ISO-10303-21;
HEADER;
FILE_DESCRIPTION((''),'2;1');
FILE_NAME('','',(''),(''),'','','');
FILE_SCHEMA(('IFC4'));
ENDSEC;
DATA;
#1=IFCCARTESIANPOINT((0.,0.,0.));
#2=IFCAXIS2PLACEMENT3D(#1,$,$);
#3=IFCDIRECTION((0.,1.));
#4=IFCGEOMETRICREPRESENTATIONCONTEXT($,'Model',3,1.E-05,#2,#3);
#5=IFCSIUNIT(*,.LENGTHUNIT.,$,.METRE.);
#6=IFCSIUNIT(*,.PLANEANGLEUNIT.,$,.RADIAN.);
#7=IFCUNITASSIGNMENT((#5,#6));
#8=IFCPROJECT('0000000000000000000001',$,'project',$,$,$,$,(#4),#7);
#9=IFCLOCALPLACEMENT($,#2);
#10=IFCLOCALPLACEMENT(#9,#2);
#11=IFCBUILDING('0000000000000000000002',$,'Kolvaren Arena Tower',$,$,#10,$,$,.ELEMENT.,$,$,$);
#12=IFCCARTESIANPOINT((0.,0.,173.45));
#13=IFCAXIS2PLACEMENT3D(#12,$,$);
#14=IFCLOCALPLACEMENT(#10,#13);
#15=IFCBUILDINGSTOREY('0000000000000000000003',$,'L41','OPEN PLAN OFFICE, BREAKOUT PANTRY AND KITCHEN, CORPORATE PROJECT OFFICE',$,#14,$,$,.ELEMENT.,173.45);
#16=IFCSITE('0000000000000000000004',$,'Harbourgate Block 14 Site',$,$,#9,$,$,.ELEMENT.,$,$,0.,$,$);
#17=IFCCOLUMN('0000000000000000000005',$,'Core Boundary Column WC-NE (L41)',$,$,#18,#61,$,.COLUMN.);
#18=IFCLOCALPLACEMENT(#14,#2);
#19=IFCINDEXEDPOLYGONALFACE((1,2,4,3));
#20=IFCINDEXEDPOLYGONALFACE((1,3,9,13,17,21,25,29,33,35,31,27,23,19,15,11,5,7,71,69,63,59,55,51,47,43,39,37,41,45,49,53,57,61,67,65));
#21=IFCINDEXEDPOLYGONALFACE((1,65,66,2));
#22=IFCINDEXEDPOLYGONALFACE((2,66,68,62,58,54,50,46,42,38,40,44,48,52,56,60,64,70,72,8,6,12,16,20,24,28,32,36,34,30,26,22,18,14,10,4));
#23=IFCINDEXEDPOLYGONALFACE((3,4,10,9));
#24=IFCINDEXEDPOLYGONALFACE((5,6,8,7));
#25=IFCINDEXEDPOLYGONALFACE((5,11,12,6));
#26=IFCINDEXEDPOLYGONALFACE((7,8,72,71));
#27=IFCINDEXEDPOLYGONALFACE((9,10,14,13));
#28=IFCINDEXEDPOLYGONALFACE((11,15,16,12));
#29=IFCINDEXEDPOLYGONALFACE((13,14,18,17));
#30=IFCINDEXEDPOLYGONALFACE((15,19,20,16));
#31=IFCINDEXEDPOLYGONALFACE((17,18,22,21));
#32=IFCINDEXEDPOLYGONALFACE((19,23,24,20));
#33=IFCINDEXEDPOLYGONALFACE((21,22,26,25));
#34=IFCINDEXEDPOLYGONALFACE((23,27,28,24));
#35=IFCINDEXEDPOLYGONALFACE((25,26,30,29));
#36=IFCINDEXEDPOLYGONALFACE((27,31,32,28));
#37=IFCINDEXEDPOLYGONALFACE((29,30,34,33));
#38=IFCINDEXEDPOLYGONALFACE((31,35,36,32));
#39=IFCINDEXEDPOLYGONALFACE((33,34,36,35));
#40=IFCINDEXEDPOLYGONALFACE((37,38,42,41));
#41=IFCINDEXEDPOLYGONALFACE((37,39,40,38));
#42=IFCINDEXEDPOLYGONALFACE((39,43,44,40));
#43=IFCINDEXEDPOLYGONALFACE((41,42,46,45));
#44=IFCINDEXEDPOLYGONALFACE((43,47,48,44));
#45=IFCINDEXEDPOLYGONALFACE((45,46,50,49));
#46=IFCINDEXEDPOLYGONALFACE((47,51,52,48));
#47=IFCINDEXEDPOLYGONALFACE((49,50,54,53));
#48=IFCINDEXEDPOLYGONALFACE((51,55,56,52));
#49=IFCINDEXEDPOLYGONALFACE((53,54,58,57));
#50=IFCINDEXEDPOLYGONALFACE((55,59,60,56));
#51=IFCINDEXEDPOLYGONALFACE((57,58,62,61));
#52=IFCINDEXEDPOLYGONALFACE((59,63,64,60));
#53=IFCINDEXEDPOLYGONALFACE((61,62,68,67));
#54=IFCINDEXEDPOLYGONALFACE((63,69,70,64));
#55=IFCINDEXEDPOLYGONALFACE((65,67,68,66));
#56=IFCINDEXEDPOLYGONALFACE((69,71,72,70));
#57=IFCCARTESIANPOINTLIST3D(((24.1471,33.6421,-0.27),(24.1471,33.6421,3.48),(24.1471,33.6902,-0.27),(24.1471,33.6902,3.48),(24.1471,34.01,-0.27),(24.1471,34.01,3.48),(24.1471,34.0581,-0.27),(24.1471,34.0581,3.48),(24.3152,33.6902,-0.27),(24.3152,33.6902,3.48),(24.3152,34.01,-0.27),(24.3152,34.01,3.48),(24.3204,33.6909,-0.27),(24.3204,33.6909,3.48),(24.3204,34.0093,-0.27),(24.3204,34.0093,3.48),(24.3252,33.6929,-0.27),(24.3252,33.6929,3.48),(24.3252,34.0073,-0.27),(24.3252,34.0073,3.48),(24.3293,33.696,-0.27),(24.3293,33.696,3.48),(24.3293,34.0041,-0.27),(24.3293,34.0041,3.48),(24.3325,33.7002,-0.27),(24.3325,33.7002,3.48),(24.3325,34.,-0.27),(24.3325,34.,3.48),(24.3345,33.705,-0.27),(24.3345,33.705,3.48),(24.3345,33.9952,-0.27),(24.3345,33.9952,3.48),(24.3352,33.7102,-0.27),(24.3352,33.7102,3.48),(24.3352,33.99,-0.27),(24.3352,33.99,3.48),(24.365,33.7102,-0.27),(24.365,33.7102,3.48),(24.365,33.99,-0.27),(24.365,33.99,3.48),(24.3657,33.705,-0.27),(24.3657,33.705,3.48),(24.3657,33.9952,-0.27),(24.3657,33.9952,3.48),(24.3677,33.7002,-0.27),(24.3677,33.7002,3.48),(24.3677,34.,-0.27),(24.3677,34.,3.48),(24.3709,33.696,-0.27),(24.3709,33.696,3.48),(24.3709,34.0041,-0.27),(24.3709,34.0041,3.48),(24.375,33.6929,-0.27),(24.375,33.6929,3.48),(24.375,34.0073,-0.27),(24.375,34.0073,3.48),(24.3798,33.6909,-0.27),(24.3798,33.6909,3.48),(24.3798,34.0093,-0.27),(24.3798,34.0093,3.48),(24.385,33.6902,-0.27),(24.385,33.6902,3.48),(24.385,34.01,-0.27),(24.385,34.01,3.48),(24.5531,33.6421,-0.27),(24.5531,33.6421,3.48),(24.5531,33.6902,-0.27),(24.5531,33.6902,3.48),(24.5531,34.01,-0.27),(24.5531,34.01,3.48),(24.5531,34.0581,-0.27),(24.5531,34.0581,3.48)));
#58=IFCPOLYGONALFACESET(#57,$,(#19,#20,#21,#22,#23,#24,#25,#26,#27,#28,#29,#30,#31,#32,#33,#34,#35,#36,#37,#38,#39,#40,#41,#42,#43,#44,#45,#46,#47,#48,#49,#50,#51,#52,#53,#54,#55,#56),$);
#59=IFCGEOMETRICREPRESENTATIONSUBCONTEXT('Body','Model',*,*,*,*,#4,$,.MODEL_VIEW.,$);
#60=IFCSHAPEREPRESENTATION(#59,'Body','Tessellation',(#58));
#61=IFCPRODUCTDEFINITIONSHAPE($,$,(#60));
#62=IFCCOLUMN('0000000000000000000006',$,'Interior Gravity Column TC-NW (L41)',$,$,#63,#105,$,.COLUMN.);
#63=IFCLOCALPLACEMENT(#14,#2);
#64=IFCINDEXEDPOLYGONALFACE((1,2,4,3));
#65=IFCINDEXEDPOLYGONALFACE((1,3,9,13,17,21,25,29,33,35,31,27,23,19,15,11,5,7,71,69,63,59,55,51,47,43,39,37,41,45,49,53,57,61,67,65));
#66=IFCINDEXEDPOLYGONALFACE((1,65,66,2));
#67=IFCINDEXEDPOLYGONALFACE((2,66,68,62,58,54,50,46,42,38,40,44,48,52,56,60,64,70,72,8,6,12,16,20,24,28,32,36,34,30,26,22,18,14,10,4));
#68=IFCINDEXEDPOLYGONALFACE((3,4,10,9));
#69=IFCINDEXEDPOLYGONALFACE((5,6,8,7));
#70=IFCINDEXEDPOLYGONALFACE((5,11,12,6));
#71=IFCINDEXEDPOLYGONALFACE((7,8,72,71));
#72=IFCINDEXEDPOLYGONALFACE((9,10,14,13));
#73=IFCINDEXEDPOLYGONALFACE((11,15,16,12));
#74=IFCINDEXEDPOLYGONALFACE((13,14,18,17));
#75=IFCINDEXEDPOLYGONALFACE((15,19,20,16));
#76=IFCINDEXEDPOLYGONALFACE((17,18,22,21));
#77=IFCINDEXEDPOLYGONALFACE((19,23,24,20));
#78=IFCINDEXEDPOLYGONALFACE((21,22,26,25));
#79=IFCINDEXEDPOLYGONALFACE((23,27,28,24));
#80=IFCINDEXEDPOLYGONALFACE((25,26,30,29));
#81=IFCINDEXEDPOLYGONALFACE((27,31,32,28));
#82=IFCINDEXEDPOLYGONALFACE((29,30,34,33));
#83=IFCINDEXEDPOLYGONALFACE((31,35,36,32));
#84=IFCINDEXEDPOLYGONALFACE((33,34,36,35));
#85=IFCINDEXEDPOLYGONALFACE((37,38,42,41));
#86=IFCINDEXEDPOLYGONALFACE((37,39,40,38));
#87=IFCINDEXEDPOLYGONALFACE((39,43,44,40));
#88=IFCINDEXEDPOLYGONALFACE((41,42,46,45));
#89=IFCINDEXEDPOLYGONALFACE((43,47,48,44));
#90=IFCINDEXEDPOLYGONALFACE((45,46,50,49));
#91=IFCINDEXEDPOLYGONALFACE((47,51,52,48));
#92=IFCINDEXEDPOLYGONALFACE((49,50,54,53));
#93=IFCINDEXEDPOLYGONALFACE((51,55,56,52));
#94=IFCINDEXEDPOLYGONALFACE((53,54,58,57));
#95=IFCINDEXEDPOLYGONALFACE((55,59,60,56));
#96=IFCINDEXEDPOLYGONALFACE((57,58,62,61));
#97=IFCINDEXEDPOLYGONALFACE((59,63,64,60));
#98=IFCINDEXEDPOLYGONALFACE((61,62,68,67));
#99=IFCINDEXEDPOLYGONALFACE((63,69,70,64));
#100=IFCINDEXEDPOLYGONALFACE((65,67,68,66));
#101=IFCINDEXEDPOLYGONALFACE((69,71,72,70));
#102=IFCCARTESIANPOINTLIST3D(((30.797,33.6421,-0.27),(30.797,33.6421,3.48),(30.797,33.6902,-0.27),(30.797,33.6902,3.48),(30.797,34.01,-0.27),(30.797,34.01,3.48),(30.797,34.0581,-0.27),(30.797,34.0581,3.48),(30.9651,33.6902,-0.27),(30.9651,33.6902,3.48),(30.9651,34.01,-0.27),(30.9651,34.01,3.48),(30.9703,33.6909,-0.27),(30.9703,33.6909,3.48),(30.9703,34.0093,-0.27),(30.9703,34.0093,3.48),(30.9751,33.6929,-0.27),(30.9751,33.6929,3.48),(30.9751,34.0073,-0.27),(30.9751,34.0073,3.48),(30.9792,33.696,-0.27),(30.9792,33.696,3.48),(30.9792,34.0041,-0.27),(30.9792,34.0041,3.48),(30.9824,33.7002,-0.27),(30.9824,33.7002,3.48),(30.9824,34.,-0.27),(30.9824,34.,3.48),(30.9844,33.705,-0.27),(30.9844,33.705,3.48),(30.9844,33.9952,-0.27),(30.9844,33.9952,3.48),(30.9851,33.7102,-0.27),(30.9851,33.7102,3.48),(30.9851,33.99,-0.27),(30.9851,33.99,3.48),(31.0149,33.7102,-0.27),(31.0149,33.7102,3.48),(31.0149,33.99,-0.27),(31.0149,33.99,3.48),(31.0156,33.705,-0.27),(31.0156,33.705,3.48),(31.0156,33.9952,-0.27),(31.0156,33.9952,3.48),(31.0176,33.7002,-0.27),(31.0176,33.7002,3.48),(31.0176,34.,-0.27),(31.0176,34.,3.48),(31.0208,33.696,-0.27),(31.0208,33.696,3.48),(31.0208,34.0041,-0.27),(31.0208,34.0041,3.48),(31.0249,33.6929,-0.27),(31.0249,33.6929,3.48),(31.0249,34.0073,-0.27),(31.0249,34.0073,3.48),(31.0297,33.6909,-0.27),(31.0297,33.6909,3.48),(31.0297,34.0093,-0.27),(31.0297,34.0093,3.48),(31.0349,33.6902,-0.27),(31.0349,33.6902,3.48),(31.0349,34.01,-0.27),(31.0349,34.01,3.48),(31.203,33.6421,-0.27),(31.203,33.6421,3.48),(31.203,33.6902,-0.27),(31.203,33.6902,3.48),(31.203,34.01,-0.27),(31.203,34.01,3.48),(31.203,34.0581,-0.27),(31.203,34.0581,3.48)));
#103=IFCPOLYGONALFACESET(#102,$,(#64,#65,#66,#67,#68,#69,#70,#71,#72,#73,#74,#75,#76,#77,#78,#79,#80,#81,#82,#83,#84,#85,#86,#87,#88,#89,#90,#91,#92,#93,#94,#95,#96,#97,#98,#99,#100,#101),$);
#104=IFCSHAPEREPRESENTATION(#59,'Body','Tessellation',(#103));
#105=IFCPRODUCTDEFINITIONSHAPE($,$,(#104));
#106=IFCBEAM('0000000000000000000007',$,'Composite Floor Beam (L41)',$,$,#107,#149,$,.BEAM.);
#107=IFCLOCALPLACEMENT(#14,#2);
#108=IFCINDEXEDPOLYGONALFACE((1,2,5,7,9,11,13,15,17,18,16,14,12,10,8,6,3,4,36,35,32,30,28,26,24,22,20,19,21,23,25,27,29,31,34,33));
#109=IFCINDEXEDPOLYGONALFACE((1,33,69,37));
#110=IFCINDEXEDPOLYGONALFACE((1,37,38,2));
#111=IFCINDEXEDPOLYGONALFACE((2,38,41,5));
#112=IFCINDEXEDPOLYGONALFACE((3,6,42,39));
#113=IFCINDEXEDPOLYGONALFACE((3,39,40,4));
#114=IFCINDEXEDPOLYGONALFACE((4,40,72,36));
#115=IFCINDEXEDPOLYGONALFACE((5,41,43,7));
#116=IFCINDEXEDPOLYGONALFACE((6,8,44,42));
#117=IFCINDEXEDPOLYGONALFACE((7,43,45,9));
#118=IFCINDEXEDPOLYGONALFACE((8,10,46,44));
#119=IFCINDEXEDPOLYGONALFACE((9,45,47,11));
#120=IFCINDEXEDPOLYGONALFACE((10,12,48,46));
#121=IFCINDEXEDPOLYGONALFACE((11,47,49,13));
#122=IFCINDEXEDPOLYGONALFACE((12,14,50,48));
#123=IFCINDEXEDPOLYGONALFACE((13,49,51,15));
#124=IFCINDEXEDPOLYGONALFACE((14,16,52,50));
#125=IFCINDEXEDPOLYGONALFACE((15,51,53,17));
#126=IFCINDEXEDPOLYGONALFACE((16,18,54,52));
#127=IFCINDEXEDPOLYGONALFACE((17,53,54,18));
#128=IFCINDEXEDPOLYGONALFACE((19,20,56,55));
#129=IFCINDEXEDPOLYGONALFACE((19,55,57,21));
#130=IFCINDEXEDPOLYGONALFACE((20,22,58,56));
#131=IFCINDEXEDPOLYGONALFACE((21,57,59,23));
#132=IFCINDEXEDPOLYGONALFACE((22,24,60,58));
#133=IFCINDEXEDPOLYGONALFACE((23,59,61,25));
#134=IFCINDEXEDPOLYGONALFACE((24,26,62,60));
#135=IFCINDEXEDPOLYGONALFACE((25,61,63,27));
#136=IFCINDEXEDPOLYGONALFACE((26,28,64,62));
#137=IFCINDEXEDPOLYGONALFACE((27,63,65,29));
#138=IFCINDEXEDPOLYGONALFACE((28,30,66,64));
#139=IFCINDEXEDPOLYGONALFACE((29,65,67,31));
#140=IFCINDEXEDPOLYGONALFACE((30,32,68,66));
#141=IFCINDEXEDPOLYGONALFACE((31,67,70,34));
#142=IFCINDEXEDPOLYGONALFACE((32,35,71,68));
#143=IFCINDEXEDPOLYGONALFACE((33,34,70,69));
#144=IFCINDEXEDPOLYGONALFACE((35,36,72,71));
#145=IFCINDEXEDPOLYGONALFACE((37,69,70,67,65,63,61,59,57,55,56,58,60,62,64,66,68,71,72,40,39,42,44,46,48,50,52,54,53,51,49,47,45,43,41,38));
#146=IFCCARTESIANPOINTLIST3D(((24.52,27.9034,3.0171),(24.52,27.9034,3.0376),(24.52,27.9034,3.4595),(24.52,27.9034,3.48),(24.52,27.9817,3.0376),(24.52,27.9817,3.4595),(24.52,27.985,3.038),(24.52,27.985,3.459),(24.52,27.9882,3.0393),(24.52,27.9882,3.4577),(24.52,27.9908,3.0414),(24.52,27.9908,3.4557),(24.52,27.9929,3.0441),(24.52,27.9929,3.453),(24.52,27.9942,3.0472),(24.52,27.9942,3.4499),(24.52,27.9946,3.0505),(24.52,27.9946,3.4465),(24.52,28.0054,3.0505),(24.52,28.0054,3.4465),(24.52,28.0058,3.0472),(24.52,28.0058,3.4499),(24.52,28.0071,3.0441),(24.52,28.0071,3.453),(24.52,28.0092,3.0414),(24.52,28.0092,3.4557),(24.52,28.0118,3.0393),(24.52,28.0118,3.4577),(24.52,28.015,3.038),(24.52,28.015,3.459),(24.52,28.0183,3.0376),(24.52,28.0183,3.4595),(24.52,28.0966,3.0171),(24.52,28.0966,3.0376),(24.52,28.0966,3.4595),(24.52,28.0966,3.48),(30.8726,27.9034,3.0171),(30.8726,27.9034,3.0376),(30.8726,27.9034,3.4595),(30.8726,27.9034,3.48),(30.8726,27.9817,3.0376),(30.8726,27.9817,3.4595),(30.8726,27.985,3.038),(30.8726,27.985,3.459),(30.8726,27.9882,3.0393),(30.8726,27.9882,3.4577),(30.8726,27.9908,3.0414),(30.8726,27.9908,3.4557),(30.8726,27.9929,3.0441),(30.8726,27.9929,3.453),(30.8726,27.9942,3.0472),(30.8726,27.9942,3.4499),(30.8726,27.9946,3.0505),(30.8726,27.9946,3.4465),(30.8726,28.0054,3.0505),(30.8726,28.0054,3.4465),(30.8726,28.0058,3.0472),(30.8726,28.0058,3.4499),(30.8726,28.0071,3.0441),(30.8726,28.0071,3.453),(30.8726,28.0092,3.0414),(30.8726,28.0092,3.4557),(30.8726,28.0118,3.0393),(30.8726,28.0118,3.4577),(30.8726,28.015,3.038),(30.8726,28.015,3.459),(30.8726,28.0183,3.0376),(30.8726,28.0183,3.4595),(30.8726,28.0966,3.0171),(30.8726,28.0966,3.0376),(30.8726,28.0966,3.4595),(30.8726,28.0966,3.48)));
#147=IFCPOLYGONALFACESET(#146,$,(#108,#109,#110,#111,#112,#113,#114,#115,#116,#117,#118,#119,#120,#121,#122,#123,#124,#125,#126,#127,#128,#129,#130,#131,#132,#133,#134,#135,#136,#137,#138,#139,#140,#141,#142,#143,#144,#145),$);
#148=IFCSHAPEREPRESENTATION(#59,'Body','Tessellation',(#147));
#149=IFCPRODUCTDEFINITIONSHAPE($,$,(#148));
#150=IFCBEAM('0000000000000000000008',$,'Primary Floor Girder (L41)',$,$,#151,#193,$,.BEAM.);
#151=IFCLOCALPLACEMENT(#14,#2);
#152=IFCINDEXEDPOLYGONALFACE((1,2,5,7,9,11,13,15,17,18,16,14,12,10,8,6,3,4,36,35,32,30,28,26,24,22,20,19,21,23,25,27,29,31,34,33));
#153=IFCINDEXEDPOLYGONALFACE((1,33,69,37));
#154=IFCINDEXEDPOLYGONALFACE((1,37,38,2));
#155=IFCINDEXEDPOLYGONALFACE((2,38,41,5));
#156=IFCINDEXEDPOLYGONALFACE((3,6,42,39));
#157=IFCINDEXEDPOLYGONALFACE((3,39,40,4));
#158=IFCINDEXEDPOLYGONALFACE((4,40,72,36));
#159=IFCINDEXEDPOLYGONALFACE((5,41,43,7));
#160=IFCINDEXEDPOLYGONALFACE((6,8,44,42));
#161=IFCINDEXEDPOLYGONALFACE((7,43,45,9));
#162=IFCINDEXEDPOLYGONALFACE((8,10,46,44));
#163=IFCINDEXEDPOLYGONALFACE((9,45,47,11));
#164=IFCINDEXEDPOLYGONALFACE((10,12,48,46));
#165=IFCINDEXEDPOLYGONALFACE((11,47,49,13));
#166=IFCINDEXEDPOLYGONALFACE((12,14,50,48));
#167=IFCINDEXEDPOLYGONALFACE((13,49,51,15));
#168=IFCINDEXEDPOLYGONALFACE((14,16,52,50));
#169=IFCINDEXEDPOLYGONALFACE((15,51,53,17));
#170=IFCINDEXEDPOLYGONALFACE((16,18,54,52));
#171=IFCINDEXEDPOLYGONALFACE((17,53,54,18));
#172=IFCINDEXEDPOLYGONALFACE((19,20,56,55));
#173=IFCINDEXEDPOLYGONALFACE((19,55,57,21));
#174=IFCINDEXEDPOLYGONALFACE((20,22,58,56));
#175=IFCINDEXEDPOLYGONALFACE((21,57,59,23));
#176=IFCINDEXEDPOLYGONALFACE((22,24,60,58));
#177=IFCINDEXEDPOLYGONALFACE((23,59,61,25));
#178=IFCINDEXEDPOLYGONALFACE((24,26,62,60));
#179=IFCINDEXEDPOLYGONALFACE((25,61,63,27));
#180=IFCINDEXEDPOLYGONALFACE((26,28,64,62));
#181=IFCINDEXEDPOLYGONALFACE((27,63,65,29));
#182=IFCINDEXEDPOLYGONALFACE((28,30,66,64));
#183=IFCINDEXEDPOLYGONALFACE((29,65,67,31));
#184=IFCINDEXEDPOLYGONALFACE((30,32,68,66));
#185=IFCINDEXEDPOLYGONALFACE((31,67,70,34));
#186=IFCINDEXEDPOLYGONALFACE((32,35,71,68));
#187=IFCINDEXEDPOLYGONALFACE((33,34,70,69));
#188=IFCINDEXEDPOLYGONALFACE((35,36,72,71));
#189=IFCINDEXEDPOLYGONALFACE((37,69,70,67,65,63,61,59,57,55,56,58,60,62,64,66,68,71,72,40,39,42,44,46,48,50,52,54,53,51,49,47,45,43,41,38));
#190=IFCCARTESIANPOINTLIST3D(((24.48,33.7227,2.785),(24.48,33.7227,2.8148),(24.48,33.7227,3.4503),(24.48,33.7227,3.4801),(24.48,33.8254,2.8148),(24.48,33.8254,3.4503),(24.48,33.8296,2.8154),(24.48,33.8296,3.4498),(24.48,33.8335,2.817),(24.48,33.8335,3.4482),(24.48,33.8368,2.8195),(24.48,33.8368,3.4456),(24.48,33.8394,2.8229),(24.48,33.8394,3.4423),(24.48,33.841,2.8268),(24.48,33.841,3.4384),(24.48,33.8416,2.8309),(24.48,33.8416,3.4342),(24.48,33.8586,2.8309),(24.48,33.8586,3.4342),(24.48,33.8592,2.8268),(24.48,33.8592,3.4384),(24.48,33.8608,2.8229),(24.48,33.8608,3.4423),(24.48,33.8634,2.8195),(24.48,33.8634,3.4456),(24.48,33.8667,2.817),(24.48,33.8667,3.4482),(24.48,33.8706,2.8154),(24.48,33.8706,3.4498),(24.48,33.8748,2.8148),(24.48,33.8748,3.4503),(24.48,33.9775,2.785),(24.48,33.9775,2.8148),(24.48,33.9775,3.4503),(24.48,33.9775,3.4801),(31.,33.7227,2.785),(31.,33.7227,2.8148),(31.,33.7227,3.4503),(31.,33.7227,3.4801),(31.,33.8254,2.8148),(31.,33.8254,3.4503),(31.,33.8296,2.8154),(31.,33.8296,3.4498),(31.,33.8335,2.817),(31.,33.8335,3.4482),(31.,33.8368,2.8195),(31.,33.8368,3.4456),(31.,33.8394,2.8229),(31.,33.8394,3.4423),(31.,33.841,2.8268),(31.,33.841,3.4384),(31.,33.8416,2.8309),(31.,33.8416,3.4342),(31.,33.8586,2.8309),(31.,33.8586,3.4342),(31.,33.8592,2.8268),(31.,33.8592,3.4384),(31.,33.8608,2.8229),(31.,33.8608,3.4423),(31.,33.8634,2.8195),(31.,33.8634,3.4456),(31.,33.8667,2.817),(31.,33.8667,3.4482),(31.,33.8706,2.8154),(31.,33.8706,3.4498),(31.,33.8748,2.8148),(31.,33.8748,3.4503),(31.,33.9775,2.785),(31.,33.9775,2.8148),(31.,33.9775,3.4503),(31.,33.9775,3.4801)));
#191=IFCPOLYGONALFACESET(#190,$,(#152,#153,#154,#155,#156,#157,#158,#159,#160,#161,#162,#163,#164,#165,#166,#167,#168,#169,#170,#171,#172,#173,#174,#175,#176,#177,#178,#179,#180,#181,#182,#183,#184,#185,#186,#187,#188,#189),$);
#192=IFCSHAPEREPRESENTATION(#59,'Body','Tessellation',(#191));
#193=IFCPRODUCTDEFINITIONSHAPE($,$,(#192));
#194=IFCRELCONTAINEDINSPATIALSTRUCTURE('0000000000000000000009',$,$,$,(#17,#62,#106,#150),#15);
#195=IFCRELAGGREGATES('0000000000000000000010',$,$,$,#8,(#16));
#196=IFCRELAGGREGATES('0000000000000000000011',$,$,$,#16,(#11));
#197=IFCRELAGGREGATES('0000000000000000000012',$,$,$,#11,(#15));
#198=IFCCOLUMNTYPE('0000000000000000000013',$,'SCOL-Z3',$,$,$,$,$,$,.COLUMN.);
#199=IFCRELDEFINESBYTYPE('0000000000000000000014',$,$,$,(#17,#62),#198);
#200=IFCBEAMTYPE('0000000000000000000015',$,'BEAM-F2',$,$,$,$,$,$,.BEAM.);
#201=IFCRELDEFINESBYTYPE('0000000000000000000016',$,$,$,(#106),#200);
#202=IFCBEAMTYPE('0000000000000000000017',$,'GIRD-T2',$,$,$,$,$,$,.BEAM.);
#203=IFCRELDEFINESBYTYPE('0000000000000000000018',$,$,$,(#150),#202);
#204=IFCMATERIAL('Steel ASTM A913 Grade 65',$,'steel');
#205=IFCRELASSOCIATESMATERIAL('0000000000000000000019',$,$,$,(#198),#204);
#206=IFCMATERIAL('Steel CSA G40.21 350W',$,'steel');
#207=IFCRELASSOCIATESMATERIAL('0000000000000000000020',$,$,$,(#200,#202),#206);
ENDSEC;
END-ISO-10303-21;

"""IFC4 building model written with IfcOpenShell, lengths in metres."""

from ifc_helpers import new_model, si_unit, direction, frame, origin, origin_2d, place, context, subcontext, project, spatial, i_section, extrude, material, material_profile, profile_set, type_object, element, save


model = new_model("IFC4")

# Units and contexts
model_context = context("Model", 3, precision=1e-05, world=origin(), true_north=direction((0.0, 1.0)))
body_context = subcontext(model_context, "Body", "Model", "MODEL_VIEW")
ifc_project = project(units=[si_unit("LENGTHUNIT", "METRE"), si_unit("PLANEANGLEUNIT", "RADIAN")], contexts=[model_context])

# Site, building, storey
site_placement = place(None, origin())
site = spatial("IfcSite", under=ifc_project, at=site_placement, Name="Harbourgate Block 14 Site", CompositionType="ELEMENT", RefElevation=0.0)
building_placement = place(site_placement, origin())
building = spatial("IfcBuilding", under=site, at=building_placement, Name="Kolvaren Arena Tower", CompositionType="ELEMENT")
storey_placement = place(building_placement, frame((0.0, 0.0, 173.45)))
storey = spatial("IfcBuildingStorey", under=building, at=storey_placement, Name="L41", Description="OPEN PLAN OFFICE, BREAKOUT PANTRY AND KITCHEN, CORPORATE PROJECT OFFICE", CompositionType="ELEMENT", Elevation=173.45)

# Columns
ifc_material_1 = material(Name="Steel ASTM A913 Grade 65", Category="steel")
ifc_material_profile_1 = material_profile(ifc_material_1, i_section(OverallWidth=0.406, OverallDepth=0.416, WebThickness=0.0298, FlangeThickness=0.0481, FilletRadius=0.02, at=origin_2d()), Name="W360x382")
ifc_profile_set_1 = profile_set([ifc_material_profile_1], Name="Steel ASTM A913 Grade 65")
column_type = type_object("IfcColumnType", Name="SCOL-Z3", PredefinedType="COLUMN", material=ifc_profile_set_1)
for number, where, z_axis, x_axis, name in (
    (1, (24.3501, 33.8501, -0.27), (0.0, 0.0, 1.0), (1.0, 0.0, 0.0), "Core Boundary Column WC-NE (L41)"),
    (2, (31.0, 33.8501, -0.27), (0.0, 0.0, 1.0), (1.0, 0.0, 0.0), "Interior Gravity Column TC-NW (L41)"),
):
    element("IfcColumn", number, at=place(storey_placement, frame(where, z_axis=z_axis, x_axis=x_axis)), inside=storey, type_object=column_type, Name=name, PredefinedType="COLUMN", context=body_context, shape_type="SweptSolid", body=[
        extrude(i_section(OverallWidth=0.406, OverallDepth=0.416, WebThickness=0.0298, FlangeThickness=0.0481, FilletRadius=0.02, at=origin_2d()), origin(), (0.0, 0.0, 1.0), 3.75),
    ])

# Beams
ifc_material_2 = material(Name="Steel CSA G40.21 350W", Category="steel")
ifc_material_profile_2 = material_profile(ifc_material_2, i_section(OverallWidth=0.1931, OverallDepth=0.4629, WebThickness=0.0107, FlangeThickness=0.0205, FilletRadius=0.0129, at=origin_2d()), Name="W460x113")
ifc_profile_set_2 = profile_set([ifc_material_profile_2], Name="Steel CSA G40.21 350W")
beam_type_1 = type_object("IfcBeamType", Name="BEAM-F2", PredefinedType="BEAM", material=ifc_profile_set_2)
beam_1_placement = place(storey_placement, frame((24.52, 28.0, 3.2485), z_axis=(1.0, 0.0, 0.0), x_axis=(0.0, 1.0, 0.0)))
element("IfcBeam", 3, at=beam_1_placement, inside=storey, type_object=beam_type_1, Name="Composite Floor Beam (L41)", PredefinedType="BEAM", context=body_context, shape_type="SweptSolid", body=[
    extrude(i_section(OverallWidth=0.1931, OverallDepth=0.4629, WebThickness=0.0107, FlangeThickness=0.0205, FilletRadius=0.0129, at=origin_2d()), origin(), (0.0, 0.0, 1.0), 6.3525),
])
ifc_material_profile_3 = material_profile(ifc_material_2, i_section(OverallWidth=0.2549, OverallDepth=0.6951, WebThickness=0.0171, FlangeThickness=0.0298, FilletRadius=0.0161, at=origin_2d()), Name="W690x217")
ifc_profile_set_3 = profile_set([ifc_material_profile_3], Name="Steel CSA G40.21 350W")
beam_type_2 = type_object("IfcBeamType", Name="GIRD-T2", PredefinedType="BEAM", material=ifc_profile_set_3)
beam_2_placement = place(storey_placement, frame((24.48, 33.8501, 3.1326), z_axis=(1.0, 0.0, 0.0), x_axis=(0.0, 1.0, 0.0)))
element("IfcBeam", 4, at=beam_2_placement, inside=storey, type_object=beam_type_2, Name="Primary Floor Girder (L41)", PredefinedType="BEAM", context=body_context, shape_type="SweptSolid", body=[
    extrude(i_section(OverallWidth=0.2549, OverallDepth=0.6951, WebThickness=0.0171, FlangeThickness=0.0298, FilletRadius=0.0161, at=origin_2d()), origin(), (0.0, 0.0, 1.0), 6.52),
])

save(model, "model.ifc")
